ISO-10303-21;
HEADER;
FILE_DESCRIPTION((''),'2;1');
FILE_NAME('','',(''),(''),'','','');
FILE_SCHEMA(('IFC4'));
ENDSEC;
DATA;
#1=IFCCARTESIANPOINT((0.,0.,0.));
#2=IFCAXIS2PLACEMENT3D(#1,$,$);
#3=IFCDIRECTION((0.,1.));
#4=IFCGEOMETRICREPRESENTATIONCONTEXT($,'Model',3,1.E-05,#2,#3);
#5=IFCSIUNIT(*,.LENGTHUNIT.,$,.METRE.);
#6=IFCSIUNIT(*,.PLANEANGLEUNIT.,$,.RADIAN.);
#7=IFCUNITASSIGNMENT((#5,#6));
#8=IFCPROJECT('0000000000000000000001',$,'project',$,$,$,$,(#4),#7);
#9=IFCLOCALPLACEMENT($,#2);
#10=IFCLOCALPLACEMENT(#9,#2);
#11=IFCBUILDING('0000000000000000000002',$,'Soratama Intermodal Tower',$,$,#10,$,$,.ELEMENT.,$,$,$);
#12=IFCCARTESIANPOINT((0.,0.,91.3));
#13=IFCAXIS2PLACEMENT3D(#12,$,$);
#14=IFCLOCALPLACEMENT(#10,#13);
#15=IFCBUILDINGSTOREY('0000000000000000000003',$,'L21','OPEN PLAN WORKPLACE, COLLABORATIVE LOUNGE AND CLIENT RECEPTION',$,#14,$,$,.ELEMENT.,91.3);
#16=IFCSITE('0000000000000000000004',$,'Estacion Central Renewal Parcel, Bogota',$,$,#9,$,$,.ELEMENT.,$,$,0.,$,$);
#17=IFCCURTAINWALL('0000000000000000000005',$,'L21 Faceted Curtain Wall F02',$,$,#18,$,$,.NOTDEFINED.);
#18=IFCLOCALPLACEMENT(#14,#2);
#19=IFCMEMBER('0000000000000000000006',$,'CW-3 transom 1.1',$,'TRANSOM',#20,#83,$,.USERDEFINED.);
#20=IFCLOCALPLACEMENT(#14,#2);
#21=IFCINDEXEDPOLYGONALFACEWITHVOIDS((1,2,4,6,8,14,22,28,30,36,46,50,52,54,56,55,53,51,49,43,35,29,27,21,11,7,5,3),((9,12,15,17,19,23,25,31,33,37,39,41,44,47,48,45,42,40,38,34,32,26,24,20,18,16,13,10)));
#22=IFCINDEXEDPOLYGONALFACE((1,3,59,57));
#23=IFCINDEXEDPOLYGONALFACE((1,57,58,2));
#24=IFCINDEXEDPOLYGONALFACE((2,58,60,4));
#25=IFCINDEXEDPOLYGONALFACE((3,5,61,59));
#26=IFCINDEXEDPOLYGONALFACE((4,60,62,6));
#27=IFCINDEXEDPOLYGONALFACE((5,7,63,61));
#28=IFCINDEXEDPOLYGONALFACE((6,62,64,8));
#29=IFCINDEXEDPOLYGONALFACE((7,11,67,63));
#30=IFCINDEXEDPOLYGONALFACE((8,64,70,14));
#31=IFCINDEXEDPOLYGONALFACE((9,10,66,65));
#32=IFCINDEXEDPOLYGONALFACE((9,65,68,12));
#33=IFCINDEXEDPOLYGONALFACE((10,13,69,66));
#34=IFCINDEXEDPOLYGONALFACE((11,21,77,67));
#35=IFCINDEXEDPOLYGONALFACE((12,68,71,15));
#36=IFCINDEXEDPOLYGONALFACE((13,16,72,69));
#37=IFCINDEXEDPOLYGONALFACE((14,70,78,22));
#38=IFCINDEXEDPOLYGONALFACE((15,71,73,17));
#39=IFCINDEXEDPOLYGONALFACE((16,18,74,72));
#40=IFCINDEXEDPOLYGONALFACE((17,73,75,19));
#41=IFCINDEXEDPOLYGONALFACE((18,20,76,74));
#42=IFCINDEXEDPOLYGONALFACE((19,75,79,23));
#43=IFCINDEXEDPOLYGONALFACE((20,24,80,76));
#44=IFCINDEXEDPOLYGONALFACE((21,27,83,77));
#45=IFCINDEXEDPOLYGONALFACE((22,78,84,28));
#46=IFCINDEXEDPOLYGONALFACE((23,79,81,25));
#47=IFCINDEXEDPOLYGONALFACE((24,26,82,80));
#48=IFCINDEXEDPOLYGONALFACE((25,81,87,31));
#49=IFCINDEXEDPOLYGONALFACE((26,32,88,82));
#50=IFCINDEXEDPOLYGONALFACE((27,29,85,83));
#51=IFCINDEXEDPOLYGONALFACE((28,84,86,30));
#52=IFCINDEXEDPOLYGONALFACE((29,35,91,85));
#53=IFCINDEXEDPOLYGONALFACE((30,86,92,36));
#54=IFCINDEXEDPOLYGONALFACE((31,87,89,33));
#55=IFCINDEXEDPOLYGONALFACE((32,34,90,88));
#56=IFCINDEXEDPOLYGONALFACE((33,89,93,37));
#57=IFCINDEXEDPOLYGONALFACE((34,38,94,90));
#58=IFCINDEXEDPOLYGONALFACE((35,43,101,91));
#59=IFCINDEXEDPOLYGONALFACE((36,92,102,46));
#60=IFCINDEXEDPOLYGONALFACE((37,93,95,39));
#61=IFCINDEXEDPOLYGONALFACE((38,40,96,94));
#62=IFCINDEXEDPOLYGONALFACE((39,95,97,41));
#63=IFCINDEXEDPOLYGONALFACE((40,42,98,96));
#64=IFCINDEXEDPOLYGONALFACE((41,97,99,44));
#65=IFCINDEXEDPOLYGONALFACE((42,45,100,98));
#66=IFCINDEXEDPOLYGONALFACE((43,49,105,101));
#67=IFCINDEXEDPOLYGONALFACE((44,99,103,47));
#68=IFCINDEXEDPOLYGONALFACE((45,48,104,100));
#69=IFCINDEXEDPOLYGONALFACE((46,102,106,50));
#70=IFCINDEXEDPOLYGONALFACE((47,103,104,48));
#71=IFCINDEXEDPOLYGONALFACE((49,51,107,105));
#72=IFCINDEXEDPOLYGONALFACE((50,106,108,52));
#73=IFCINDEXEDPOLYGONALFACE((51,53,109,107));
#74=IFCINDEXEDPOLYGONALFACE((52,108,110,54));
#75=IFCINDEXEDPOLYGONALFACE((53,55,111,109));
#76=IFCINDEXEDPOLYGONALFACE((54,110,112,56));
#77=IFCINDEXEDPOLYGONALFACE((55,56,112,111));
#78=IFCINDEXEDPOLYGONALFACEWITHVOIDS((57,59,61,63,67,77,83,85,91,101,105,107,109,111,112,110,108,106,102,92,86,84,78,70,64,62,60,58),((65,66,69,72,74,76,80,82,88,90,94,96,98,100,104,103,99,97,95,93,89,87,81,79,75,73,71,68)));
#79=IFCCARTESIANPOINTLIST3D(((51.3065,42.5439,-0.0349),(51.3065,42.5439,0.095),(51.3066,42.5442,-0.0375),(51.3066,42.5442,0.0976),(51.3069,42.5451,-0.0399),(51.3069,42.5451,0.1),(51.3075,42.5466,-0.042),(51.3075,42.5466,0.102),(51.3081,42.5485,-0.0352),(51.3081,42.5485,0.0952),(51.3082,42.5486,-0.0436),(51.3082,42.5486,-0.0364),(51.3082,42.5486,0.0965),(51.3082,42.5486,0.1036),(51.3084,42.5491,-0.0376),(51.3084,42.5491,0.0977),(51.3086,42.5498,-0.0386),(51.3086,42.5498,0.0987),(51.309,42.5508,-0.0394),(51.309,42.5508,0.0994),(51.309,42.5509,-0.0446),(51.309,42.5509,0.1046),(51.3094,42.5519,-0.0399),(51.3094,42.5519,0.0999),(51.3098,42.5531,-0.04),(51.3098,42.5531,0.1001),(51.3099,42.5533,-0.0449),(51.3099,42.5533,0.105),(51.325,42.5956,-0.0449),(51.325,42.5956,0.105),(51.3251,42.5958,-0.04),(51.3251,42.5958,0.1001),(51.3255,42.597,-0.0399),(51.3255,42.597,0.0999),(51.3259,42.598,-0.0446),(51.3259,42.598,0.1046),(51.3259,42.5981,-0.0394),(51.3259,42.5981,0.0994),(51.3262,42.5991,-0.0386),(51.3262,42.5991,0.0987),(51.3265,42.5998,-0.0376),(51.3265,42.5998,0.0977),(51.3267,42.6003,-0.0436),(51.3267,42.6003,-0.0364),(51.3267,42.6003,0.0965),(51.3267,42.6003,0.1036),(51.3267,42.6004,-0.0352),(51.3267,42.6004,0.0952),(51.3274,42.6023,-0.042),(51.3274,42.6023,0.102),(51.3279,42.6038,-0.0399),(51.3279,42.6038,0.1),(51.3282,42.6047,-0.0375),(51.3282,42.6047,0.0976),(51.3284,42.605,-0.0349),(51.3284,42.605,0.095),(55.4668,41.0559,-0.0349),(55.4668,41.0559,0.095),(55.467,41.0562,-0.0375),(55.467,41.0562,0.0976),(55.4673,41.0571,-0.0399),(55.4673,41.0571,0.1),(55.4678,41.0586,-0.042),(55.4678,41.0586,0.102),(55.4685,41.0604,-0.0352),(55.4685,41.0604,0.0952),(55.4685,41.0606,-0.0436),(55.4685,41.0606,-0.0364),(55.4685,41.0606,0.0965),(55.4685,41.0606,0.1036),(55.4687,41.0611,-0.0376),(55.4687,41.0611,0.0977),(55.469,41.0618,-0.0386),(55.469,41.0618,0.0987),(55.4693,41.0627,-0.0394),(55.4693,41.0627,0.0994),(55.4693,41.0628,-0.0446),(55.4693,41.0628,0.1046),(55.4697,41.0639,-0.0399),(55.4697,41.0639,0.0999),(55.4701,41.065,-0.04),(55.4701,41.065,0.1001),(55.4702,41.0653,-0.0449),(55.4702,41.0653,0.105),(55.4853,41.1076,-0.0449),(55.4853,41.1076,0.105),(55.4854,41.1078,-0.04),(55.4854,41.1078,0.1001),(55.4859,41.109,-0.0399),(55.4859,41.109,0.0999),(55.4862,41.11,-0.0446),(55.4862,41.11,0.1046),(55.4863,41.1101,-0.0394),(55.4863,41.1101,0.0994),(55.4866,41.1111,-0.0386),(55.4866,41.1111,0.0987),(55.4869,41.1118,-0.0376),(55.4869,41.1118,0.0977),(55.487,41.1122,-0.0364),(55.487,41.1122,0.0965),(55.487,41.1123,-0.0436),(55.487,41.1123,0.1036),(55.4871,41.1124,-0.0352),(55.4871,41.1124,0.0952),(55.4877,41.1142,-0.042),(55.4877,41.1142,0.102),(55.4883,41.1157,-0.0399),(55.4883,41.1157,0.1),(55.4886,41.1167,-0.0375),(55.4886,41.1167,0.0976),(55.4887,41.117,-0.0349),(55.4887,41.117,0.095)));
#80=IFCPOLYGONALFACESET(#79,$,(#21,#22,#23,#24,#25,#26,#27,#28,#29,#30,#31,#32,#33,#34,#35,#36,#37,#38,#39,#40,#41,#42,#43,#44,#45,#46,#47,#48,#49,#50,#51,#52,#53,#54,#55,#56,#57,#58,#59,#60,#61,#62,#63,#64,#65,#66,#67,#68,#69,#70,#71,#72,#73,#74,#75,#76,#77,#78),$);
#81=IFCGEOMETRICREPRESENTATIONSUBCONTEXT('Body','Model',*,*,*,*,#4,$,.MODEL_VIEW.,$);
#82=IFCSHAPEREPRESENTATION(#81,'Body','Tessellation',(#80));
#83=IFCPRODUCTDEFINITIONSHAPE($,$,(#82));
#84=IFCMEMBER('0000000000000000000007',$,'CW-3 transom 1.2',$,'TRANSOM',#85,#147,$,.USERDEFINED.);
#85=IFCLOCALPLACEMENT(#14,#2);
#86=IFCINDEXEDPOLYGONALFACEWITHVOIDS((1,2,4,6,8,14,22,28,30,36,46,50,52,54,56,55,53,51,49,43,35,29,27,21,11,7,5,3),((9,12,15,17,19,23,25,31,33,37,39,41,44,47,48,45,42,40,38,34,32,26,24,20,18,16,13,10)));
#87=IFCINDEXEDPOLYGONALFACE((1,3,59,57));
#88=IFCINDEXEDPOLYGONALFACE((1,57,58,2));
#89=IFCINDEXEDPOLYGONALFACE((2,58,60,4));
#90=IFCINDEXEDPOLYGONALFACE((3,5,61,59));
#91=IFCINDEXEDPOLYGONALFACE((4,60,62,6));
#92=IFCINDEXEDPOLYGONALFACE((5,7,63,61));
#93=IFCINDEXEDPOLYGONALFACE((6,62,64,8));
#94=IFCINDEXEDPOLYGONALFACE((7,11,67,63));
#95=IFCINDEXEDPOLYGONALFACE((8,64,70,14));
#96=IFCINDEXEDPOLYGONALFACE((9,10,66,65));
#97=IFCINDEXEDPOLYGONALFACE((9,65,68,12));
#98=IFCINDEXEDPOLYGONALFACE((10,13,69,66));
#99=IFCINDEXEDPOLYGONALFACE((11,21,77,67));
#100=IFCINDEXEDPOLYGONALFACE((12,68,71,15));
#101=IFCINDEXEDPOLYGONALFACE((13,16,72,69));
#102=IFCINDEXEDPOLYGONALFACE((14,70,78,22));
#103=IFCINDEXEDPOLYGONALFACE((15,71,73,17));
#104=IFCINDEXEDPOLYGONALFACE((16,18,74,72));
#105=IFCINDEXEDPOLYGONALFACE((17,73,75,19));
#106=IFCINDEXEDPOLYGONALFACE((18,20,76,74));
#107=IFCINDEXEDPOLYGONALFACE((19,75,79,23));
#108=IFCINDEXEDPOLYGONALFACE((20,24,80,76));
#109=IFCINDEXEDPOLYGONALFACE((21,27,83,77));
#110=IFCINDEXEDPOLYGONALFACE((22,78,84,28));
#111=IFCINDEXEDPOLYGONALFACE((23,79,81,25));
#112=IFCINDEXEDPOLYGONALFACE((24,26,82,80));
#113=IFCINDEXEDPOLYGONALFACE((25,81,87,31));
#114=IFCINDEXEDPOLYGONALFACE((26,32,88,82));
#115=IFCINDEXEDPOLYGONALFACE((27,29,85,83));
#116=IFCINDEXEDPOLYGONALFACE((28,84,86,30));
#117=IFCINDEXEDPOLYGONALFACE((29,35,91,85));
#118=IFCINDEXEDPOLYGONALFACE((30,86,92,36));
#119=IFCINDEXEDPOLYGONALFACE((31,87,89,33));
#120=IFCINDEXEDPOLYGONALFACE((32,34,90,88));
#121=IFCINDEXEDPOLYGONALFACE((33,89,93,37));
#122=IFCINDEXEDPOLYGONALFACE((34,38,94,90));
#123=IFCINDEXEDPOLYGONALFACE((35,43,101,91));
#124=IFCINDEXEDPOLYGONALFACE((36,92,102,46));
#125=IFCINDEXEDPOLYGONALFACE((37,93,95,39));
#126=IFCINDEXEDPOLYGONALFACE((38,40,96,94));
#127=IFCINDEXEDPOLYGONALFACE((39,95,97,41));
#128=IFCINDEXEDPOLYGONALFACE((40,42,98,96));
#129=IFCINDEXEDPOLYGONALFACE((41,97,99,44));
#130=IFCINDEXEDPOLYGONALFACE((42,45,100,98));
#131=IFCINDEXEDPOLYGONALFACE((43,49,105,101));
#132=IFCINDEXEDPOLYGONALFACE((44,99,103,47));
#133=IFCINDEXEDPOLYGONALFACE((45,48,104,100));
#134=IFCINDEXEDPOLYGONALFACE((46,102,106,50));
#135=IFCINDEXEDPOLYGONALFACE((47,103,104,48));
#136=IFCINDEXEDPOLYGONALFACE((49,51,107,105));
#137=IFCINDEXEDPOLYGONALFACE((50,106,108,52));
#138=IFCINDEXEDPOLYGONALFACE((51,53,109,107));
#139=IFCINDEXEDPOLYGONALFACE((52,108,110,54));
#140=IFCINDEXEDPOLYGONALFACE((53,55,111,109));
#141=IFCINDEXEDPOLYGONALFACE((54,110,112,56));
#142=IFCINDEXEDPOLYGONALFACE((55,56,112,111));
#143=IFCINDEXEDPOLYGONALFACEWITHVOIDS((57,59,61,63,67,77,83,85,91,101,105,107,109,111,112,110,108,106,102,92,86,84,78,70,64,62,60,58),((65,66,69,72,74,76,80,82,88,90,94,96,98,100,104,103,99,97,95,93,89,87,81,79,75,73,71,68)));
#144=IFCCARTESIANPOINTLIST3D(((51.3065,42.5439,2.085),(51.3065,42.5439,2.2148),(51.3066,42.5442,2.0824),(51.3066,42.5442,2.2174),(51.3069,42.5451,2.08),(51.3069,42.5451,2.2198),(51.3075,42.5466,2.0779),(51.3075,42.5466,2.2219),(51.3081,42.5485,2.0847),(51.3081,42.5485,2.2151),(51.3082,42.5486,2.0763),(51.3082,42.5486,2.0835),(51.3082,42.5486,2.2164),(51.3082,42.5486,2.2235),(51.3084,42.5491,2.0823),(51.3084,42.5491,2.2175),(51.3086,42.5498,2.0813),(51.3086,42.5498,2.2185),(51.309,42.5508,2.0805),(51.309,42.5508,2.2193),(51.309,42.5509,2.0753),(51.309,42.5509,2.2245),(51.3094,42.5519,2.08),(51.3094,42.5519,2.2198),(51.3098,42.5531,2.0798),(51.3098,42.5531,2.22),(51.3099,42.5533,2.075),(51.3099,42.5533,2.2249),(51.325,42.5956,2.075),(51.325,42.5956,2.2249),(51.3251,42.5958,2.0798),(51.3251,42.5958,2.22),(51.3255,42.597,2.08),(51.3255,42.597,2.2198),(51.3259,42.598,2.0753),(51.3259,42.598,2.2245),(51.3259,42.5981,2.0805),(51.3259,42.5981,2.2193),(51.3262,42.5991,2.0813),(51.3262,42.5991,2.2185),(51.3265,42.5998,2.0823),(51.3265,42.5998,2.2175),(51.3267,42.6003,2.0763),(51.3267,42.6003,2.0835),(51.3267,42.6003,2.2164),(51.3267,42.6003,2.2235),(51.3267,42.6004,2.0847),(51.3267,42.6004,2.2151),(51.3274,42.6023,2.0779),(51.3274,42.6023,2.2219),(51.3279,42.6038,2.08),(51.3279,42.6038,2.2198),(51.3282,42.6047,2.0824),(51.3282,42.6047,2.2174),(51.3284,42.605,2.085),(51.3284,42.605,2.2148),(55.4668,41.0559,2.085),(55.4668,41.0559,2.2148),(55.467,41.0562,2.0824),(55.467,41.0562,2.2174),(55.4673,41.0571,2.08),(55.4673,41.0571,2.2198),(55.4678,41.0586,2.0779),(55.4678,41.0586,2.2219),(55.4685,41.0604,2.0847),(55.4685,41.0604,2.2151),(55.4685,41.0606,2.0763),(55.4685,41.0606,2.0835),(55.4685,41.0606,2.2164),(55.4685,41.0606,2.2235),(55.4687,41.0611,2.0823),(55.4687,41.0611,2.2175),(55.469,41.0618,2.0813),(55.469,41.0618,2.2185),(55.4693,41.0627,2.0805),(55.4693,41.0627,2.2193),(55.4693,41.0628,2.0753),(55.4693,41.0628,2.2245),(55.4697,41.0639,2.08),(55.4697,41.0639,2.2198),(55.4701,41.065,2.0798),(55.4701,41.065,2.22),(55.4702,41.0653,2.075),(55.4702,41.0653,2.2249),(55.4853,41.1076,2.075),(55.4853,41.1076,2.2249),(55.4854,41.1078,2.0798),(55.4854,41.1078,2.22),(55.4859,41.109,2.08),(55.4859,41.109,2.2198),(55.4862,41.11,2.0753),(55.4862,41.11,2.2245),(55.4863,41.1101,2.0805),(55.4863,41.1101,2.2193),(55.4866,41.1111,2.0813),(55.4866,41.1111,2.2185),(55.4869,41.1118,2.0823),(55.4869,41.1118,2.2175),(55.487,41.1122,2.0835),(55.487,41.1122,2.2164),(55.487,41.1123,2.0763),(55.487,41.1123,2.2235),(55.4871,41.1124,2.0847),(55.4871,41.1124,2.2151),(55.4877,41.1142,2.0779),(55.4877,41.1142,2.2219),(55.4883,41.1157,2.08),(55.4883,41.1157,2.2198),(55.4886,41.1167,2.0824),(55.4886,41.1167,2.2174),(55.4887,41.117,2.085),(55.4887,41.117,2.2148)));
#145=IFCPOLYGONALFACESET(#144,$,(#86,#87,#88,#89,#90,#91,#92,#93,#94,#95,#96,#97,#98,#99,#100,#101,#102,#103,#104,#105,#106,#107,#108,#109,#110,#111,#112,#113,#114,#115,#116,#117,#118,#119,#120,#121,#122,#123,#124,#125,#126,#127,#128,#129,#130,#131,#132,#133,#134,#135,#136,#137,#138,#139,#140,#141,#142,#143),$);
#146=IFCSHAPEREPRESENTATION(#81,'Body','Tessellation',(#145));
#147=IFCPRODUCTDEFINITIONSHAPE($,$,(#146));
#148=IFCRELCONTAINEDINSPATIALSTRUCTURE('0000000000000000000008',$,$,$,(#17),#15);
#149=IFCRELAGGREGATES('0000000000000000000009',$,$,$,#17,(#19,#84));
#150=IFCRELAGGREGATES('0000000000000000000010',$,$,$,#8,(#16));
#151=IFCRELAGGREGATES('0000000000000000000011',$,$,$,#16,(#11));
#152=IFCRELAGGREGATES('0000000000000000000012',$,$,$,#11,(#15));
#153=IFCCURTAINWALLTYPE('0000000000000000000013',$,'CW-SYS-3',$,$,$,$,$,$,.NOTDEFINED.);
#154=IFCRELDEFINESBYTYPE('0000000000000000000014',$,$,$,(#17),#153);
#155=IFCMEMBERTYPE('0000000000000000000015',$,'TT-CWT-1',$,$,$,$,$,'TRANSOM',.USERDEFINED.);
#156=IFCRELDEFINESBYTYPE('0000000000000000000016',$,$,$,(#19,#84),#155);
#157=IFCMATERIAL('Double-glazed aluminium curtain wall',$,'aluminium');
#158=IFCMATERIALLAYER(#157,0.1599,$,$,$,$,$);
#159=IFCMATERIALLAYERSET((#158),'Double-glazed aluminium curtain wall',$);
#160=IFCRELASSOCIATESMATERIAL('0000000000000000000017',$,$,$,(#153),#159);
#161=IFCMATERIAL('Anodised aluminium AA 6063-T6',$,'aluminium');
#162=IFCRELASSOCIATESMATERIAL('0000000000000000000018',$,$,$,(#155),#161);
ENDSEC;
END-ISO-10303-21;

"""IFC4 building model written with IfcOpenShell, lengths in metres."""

from ifc_helpers import new_model, si_unit, direction, frame, origin, origin_2d, place, context, subcontext, project, spatial, hollow_rectangle, extrude, material, layer, layer_set, material_profile, profile_set, type_object, element, aggregate, save


model = new_model("IFC4")

# Units and contexts
model_context = context("Model", 3, precision=1e-05, world=origin(), true_north=direction((0.0, 1.0)))
body_context = subcontext(model_context, "Body", "Model", "MODEL_VIEW")
ifc_project = project(units=[si_unit("LENGTHUNIT", "METRE"), si_unit("PLANEANGLEUNIT", "RADIAN")], contexts=[model_context])

# Site, building, storey
site_placement = place(None, origin())
site = spatial("IfcSite", under=ifc_project, at=site_placement, Name="Estacion Central Renewal Parcel, Bogota", CompositionType="ELEMENT", RefElevation=0.0)
building_placement = place(site_placement, origin())
building = spatial("IfcBuilding", under=site, at=building_placement, Name="Soratama Intermodal Tower", CompositionType="ELEMENT")
storey_placement = place(building_placement, frame((0.0, 0.0, 91.3)))
storey = spatial("IfcBuildingStorey", under=building, at=storey_placement, Name="L21", Description="OPEN PLAN WORKPLACE, COLLABORATIVE LOUNGE AND CLIENT RECEPTION", CompositionType="ELEMENT", Elevation=91.3)

# Shared definitions
ifc_material_1 = material(Name="Double-glazed aluminium curtain wall", Category="aluminium")
ifc_layer_1 = layer(ifc_material_1, 0.1599)
ifc_layer_set_1 = layer_set([ifc_layer_1], Name="Double-glazed aluminium curtain wall")
curtain_wall_type = type_object("IfcCurtainWallType", Name="CW-SYS-3", PredefinedType="NOTDEFINED", material=ifc_layer_set_1)

# Curtain wall, members
curtain_wall_1_placement = place(storey_placement, origin())
curtain_wall_1 = element("IfcCurtainWall", 1, at=curtain_wall_1_placement, inside=storey, type_object=curtain_wall_type, Name="L21 Faceted Curtain Wall F02", PredefinedType="NOTDEFINED")
ifc_material_2 = material(Name="Anodised aluminium AA 6063-T6", Category="aluminium")
ifc_material_profile_1 = material_profile(ifc_material_2, hollow_rectangle(XDim=0.0649, YDim=0.1499, WallThickness=0.0049, InnerFilletRadius=0.0049, OuterFilletRadius=0.01, at=origin_2d()), Name="CWT150X65X5")
ifc_profile_set_1 = profile_set([ifc_material_profile_1], Name="Anodised aluminium AA 6063-T6")
member_type_1 = type_object("IfcMemberType", Name="TT-CWT-1", ElementType="TRANSOM", PredefinedType="USERDEFINED", material=ifc_profile_set_1)
member_1_placement = place(storey_placement, frame((55.4778, 41.0864, 0.03), z_axis=(-0.941586, 0.336774, 0.0), x_axis=(-0.336774, -0.941586, 0.0)))
member_1 = element("IfcMember", 2, at=member_1_placement, type_object=member_type_1, Name="CW-3 transom 1.1", ObjectType="TRANSOM", PredefinedType="USERDEFINED", context=body_context, shape_type="SweptSolid", body=[
    extrude(hollow_rectangle(XDim=0.0649, YDim=0.1499, WallThickness=0.0049, InnerFilletRadius=0.0049, OuterFilletRadius=0.01, at=origin_2d()), origin(), (0.0, 0.0, 1.0), 4.4185),
])
member_2_placement = place(storey_placement, frame((55.4778, 41.0864, 2.1499), z_axis=(-0.941586, 0.336774, 0.0), x_axis=(-0.336774, -0.941586, 0.0)))
member_2 = element("IfcMember", 3, at=member_2_placement, type_object=member_type_1, Name="CW-3 transom 1.2", ObjectType="TRANSOM", PredefinedType="USERDEFINED", context=body_context, shape_type="SweptSolid", body=[
    extrude(hollow_rectangle(XDim=0.0649, YDim=0.1499, WallThickness=0.0049, InnerFilletRadius=0.0049, OuterFilletRadius=0.01, at=origin_2d()), origin(), (0.0, 0.0, 1.0), 4.4185),
])

aggregate(curtain_wall_1, [member_1, member_2])

save(model, "model.ifc")
